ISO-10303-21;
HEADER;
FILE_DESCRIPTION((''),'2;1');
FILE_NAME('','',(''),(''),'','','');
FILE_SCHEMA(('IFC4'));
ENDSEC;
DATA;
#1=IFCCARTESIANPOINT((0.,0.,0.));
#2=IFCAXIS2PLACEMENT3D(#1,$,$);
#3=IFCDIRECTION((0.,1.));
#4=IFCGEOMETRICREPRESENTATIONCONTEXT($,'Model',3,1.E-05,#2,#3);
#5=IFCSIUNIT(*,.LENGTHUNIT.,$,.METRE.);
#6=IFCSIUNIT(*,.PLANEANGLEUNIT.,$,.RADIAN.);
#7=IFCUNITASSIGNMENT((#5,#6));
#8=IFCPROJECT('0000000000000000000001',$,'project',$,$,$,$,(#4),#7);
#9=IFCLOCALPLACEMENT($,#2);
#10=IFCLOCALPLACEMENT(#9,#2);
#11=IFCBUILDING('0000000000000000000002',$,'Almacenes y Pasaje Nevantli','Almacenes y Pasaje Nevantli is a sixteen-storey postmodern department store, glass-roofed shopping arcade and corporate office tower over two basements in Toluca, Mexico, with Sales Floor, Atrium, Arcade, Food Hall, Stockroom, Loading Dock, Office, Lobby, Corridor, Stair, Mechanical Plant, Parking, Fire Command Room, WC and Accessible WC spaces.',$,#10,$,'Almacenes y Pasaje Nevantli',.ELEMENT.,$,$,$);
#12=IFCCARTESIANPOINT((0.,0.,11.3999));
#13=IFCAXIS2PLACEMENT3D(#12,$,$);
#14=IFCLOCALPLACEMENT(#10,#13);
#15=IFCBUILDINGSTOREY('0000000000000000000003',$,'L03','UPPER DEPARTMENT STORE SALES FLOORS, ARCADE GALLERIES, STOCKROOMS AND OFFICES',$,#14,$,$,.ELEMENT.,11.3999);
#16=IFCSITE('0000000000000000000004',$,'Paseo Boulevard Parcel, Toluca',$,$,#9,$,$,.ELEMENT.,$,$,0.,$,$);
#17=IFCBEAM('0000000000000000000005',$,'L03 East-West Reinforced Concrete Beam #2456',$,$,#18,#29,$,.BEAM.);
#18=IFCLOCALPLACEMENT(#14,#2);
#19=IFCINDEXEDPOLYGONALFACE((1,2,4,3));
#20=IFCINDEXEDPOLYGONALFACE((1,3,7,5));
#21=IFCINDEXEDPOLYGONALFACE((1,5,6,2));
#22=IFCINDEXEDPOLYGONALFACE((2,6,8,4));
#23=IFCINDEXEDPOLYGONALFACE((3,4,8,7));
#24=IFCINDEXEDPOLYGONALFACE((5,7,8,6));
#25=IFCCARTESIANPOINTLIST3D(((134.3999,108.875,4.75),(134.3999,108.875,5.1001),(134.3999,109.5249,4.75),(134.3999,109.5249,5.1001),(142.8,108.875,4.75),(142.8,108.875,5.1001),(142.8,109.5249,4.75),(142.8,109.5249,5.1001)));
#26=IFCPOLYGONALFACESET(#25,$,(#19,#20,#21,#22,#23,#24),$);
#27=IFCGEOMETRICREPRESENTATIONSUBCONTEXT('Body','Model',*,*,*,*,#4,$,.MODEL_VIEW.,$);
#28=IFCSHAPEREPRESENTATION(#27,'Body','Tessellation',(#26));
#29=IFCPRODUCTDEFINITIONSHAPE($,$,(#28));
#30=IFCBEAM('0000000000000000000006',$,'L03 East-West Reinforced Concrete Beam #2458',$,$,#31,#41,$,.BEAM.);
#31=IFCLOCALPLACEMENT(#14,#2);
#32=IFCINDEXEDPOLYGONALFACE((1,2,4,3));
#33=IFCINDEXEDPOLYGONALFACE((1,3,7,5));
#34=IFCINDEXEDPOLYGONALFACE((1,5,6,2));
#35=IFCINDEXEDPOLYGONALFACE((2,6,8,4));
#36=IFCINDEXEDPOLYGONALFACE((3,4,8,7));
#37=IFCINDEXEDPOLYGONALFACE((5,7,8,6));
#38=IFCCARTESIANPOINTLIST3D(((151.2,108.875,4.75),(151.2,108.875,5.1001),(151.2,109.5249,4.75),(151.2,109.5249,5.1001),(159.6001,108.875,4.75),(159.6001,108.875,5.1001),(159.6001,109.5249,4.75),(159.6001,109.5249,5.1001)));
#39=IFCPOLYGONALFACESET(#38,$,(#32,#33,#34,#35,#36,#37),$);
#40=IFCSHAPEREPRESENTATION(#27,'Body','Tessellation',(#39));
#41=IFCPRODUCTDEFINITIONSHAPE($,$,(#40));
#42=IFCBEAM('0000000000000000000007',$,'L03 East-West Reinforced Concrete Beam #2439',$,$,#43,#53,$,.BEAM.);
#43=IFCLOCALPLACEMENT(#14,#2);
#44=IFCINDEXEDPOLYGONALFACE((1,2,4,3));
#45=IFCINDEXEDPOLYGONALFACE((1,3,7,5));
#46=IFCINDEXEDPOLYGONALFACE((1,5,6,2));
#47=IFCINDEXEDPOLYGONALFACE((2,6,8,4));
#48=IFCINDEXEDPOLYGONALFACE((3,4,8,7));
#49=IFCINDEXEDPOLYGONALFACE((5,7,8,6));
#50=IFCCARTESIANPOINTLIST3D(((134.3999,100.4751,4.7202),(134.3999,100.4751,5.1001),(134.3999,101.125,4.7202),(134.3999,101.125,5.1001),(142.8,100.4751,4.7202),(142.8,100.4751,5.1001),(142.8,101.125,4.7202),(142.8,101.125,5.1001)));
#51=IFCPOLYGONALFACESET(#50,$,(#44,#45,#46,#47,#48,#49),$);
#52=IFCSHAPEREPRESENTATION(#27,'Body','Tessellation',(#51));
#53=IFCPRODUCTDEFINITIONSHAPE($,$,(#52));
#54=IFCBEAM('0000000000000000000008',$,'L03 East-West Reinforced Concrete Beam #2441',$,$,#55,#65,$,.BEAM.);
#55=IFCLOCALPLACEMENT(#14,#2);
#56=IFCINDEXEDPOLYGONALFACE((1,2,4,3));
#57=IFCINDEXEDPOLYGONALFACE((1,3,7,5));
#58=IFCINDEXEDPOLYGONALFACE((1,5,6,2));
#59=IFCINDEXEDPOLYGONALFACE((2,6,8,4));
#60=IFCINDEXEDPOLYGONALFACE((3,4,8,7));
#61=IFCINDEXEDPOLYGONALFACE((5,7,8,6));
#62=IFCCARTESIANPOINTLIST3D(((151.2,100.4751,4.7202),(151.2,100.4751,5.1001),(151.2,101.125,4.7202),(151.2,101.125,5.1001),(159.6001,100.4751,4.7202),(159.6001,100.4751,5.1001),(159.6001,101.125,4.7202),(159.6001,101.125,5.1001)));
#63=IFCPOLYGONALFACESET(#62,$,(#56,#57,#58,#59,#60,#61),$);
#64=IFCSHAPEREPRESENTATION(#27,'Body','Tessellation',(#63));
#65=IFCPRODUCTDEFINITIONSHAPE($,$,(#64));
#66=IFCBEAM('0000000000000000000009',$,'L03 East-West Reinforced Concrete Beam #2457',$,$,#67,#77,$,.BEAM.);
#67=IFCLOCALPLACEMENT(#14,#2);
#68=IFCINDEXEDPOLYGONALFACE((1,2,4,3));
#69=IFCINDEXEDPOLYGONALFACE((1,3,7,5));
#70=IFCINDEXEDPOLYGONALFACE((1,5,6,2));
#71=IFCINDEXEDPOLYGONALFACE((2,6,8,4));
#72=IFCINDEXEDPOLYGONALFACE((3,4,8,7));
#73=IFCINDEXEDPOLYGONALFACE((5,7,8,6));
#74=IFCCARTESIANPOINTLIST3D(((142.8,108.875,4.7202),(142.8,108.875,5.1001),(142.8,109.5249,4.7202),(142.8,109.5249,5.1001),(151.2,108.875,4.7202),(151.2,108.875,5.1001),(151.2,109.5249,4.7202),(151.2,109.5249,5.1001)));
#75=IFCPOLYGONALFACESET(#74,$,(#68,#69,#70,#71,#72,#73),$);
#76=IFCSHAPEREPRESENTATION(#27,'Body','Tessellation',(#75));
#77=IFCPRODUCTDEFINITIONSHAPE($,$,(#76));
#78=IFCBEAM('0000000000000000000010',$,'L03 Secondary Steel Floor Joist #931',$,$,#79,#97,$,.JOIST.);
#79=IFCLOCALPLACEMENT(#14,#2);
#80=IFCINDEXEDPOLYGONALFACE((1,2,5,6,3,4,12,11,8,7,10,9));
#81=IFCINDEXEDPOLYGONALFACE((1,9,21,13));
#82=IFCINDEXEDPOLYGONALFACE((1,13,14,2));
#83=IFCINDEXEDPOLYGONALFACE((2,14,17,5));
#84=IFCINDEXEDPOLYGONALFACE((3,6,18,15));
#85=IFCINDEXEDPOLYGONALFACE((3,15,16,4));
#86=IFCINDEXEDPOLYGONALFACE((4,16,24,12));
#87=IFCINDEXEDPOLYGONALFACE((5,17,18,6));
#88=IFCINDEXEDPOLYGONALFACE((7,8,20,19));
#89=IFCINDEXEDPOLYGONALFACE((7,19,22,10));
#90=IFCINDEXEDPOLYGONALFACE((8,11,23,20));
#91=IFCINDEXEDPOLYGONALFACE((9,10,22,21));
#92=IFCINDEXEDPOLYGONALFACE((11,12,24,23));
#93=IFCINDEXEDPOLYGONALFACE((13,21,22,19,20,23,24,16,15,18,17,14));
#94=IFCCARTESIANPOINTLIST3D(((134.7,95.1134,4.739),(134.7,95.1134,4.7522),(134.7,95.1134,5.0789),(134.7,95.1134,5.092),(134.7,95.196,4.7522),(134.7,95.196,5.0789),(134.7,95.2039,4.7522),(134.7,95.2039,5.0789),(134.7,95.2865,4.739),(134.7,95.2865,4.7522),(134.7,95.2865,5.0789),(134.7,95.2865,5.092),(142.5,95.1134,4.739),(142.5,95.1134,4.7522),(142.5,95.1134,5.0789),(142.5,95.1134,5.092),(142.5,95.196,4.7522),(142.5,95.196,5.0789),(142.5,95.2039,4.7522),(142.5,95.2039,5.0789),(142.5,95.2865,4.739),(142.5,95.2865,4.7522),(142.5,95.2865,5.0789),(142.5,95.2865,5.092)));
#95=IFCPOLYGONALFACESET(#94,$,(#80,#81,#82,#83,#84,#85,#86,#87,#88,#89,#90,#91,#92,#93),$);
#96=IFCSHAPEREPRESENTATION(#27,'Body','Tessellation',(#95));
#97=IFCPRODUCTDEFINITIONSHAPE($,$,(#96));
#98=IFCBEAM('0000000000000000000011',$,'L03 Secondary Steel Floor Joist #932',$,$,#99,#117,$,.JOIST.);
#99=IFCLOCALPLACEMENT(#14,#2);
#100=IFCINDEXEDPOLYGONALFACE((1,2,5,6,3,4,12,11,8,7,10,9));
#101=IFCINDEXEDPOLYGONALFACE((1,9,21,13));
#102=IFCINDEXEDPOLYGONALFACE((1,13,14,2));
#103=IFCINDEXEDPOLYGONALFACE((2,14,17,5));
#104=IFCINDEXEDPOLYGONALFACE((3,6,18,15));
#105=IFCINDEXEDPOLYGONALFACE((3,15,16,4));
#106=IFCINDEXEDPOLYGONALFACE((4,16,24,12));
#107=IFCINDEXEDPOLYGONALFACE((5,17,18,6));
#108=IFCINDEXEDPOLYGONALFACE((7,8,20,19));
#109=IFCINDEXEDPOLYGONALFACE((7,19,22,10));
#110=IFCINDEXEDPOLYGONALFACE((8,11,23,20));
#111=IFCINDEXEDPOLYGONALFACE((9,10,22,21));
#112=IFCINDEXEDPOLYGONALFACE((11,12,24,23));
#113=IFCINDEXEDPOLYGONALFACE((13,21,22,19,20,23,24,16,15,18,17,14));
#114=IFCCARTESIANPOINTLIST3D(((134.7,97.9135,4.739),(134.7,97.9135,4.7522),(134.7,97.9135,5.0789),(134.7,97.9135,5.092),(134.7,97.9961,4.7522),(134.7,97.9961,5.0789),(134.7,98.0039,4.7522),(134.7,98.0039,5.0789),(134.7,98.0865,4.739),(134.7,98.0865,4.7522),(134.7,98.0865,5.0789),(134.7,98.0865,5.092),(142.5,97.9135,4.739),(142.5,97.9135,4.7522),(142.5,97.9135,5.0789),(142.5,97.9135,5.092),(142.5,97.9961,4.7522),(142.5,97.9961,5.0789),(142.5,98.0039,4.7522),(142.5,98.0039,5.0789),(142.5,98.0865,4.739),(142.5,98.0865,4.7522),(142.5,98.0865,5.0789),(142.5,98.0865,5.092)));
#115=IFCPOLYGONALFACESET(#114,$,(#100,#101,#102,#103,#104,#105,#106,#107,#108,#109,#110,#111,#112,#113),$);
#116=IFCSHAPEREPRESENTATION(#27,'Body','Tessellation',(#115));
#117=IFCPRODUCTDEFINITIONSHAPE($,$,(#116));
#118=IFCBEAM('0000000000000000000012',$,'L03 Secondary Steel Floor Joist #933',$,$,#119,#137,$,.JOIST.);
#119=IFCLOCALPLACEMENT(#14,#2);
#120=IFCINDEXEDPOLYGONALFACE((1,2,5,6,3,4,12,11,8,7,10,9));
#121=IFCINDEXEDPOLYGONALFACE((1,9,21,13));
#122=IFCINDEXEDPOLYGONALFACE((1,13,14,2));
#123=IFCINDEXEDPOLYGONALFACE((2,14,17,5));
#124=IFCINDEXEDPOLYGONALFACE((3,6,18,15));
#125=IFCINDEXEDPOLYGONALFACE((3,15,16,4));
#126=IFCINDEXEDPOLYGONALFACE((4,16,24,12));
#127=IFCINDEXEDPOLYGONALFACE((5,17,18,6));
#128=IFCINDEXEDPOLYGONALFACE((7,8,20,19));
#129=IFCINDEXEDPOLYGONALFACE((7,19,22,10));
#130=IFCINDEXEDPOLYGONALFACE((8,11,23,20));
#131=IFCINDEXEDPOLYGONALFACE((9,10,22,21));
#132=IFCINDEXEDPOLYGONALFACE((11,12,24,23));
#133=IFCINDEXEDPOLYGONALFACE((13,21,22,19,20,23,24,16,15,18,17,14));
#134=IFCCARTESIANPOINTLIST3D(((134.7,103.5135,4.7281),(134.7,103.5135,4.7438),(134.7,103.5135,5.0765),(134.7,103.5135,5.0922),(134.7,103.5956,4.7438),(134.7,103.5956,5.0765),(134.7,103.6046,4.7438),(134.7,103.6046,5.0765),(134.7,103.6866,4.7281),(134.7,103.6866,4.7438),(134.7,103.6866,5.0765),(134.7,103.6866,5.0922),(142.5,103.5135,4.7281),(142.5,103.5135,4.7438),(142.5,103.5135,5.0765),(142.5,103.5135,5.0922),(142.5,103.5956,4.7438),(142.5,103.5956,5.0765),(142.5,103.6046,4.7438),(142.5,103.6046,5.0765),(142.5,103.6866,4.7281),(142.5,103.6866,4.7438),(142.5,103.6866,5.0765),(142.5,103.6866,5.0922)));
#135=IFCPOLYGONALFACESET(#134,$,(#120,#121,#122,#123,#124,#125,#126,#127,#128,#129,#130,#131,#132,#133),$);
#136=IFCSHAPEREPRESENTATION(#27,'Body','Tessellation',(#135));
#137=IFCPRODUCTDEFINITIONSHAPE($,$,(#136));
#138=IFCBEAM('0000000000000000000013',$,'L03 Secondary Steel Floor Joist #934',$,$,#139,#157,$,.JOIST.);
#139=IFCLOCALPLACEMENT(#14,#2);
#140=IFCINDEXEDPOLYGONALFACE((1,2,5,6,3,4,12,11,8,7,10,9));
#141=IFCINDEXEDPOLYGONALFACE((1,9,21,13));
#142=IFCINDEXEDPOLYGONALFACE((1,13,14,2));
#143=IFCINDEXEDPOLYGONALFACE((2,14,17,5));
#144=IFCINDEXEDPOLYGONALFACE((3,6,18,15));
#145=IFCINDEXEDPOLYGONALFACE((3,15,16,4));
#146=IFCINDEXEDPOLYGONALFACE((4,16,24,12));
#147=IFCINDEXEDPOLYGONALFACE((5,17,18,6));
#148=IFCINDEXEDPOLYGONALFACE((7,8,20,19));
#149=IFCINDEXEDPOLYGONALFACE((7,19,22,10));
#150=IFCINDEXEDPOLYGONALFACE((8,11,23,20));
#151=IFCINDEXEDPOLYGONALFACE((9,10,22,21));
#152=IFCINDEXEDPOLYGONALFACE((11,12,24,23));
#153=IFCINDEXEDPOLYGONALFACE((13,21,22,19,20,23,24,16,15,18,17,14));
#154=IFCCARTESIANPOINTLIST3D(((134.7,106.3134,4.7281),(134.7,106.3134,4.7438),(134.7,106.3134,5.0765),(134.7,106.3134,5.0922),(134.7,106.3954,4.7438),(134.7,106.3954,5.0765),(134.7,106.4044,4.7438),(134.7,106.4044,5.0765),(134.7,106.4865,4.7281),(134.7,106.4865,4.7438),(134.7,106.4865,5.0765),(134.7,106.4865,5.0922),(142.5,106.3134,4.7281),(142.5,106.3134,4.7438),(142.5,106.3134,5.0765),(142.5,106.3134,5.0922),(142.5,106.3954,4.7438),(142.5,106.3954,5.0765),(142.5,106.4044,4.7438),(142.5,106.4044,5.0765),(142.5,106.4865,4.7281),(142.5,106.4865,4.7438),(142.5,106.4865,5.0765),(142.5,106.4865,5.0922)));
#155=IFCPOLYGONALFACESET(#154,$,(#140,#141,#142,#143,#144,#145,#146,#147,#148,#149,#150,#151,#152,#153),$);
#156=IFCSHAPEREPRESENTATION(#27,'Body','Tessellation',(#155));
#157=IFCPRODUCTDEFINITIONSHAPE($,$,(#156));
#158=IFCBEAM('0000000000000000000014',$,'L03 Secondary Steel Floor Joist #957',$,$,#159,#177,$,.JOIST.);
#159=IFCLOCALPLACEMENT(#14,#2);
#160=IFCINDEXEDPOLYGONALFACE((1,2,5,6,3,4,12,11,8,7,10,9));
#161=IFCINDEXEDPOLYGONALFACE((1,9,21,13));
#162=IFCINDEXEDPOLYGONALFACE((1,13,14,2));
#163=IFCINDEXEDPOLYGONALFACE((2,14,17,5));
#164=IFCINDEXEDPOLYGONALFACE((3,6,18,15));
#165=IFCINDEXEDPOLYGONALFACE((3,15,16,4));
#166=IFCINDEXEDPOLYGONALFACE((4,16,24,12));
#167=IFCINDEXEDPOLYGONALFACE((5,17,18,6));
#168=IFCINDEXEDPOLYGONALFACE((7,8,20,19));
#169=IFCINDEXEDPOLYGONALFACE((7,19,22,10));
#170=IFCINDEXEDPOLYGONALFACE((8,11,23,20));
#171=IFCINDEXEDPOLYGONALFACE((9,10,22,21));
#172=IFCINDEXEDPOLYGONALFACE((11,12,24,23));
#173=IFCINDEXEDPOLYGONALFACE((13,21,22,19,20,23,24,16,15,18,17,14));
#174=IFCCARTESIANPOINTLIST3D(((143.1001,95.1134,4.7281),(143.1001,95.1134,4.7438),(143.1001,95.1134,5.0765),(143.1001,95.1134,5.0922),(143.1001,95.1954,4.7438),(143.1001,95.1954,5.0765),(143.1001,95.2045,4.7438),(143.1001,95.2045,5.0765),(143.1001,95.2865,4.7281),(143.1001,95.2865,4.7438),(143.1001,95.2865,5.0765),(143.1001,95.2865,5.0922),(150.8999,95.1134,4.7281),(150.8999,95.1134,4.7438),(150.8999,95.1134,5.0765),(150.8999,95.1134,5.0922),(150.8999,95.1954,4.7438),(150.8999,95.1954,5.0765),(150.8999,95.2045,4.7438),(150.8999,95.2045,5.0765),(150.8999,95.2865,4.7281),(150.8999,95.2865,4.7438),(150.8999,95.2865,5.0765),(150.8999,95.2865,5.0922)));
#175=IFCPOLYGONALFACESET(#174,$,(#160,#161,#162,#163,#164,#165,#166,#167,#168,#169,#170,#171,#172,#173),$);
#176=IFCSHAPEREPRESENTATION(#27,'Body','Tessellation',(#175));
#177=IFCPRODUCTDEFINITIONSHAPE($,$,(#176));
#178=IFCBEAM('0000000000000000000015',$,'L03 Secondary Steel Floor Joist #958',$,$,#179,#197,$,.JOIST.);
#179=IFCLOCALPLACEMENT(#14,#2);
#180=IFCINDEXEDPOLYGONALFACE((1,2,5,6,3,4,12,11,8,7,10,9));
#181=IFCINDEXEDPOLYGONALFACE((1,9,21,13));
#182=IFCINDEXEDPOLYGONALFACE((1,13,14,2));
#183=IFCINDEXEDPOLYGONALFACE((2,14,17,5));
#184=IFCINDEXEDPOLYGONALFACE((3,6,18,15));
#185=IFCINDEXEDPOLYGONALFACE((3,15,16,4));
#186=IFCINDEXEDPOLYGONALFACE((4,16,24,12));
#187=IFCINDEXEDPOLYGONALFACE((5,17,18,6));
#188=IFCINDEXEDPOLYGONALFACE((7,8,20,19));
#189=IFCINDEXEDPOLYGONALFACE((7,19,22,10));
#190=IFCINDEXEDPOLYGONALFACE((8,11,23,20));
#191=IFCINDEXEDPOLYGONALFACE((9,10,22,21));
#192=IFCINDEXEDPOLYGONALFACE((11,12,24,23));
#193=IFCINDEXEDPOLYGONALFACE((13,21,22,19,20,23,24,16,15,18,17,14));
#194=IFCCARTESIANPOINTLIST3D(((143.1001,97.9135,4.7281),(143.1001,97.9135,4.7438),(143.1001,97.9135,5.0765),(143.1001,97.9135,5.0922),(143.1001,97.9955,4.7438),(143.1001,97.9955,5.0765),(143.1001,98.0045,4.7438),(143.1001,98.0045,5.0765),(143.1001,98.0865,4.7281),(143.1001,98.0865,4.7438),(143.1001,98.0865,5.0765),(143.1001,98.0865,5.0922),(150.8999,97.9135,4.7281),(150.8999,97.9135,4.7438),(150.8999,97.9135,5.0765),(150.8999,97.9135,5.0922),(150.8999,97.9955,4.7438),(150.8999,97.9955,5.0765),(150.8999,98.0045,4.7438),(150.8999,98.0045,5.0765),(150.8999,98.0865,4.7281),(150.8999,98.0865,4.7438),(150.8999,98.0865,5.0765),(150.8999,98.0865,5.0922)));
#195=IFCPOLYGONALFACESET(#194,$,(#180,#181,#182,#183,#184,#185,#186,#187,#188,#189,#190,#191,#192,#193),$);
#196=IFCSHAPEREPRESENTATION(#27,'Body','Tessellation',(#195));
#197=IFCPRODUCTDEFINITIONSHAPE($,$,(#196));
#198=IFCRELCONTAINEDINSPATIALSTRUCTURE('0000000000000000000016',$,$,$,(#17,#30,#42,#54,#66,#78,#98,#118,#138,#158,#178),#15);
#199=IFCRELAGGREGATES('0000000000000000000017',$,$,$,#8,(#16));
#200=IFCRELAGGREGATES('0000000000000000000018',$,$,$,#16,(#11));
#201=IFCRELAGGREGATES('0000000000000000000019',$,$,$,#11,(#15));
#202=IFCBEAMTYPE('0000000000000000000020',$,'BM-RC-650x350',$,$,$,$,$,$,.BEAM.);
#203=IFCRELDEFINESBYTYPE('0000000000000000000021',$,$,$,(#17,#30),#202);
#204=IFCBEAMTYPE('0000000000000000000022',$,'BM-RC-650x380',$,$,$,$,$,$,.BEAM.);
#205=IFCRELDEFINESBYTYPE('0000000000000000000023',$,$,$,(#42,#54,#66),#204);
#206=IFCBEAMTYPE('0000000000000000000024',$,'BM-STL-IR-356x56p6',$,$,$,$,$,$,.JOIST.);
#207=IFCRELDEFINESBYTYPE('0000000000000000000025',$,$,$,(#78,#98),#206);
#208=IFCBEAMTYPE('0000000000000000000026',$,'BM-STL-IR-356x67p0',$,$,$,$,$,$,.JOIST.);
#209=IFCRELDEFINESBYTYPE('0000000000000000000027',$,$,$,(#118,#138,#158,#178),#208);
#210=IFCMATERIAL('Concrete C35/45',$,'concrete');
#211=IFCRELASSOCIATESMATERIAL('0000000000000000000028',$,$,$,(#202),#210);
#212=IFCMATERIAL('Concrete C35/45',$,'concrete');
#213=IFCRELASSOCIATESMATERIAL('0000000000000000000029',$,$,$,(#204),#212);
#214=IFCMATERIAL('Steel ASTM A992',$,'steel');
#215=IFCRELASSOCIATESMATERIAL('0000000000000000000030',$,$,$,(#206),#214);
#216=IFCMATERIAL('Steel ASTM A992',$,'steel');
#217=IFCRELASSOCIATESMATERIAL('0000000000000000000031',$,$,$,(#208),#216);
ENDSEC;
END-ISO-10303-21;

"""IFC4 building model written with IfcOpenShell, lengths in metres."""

from ifc_helpers import new_model, si_unit, direction, frame, origin, origin_2d, place, context, subcontext, project, spatial, rectangle, i_section, extrude, material, material_profile, profile_set, type_object, element, save


model = new_model("IFC4")

# Units and contexts
model_context = context("Model", 3, precision=1e-05, world=origin(), true_north=direction((0.0, 1.0)))
body_context = subcontext(model_context, "Body", "Model", "MODEL_VIEW")
ifc_project = project(units=[si_unit("LENGTHUNIT", "METRE"), si_unit("PLANEANGLEUNIT", "RADIAN")], contexts=[model_context])

# Site, building, storey
site_placement = place(None, origin())
site = spatial("IfcSite", under=ifc_project, at=site_placement, Name="Paseo Boulevard Parcel, Toluca", CompositionType="ELEMENT", RefElevation=0.0)
building_placement = place(site_placement, origin())
building = spatial("IfcBuilding", under=site, at=building_placement, Name="Almacenes y Pasaje Nevantli", Description="Almacenes y Pasaje Nevantli is a sixteen-storey postmodern department store, glass-roofed shopping arcade and corporate office tower over two basements in Toluca, Mexico, with Sales Floor, Atrium, Arcade, Food Hall, Stockroom, Loading Dock, Office, Lobby, Corridor, Stair, Mechanical Plant, Parking, Fire Command Room, WC and Accessible WC spaces.", LongName="Almacenes y Pasaje Nevantli", CompositionType="ELEMENT")
storey_placement = place(building_placement, frame((0.0, 0.0, 11.3999)))
storey = spatial("IfcBuildingStorey", under=building, at=storey_placement, Name="L03", Description="UPPER DEPARTMENT STORE SALES FLOORS, ARCADE GALLERIES, STOCKROOMS AND OFFICES", CompositionType="ELEMENT", Elevation=11.3999)

# Beams
ifc_material_1 = material(Name="Concrete C35/45", Category="concrete")
ifc_material_profile_1 = material_profile(ifc_material_1, rectangle(XDim=0.6499, YDim=0.3501, at=origin_2d()), Name="RC-BM-650x350")
ifc_profile_set_1 = profile_set([ifc_material_profile_1], Name="Concrete C35/45")
beam_type_1 = type_object("IfcBeamType", Name="BM-RC-650x350", PredefinedType="BEAM", material=ifc_profile_set_1)
for number, where, z_axis, x_axis, name in (
    (1, (134.3999, 109.2, 4.925), (1.0, 0.0, 0.0), (0.0, 1.0, 0.0), "L03 East-West Reinforced Concrete Beam #2456"),
    (2, (151.2, 109.2, 4.925), (1.0, 0.0, 0.0), (0.0, 1.0, 0.0), "L03 East-West Reinforced Concrete Beam #2458"),
):
    element("IfcBeam", number, at=place(storey_placement, frame(where, z_axis=z_axis, x_axis=x_axis)), inside=storey, type_object=beam_type_1, Name=name, PredefinedType="BEAM", context=body_context, shape_type="SweptSolid", body=[
        extrude(rectangle(XDim=0.6499, YDim=0.3501, at=origin_2d()), origin(), (0.0, 0.0, 1.0), 8.4001),
    ])
ifc_material_2 = material(Name="Concrete C35/45", Category="concrete")
ifc_material_profile_2 = material_profile(ifc_material_2, rectangle(XDim=0.6499, YDim=0.3799, at=origin_2d()), Name="RC-BM-650x380")
ifc_profile_set_2 = profile_set([ifc_material_profile_2], Name="Concrete C35/45")
beam_type_2 = type_object("IfcBeamType", Name="BM-RC-650x380", PredefinedType="BEAM", material=ifc_profile_set_2)
for number, where, z_axis, x_axis, name in (
    (3, (134.3999, 100.8, 4.9102), (1.0, 0.0, 0.0), (0.0, 1.0, 0.0), "L03 East-West Reinforced Concrete Beam #2439"),
    (4, (151.2, 100.8, 4.9102), (1.0, 0.0, 0.0), (0.0, 1.0, 0.0), "L03 East-West Reinforced Concrete Beam #2441"),
):
    element("IfcBeam", number, at=place(storey_placement, frame(where, z_axis=z_axis, x_axis=x_axis)), inside=storey, type_object=beam_type_2, Name=name, PredefinedType="BEAM", context=body_context, shape_type="SweptSolid", body=[
        extrude(rectangle(XDim=0.6499, YDim=0.3799, at=origin_2d()), origin(), (0.0, 0.0, 1.0), 8.4001),
    ])
beam_1_placement = place(storey_placement, frame((142.8, 109.2, 4.9102), z_axis=(1.0, 0.0, 0.0), x_axis=(0.0, 1.0, 0.0)))
element("IfcBeam", 5, at=beam_1_placement, inside=storey, type_object=beam_type_2, Name="L03 East-West Reinforced Concrete Beam #2457", PredefinedType="BEAM", context=body_context, shape_type="SweptSolid", body=[
    extrude(rectangle(XDim=0.6499, YDim=0.3799, at=origin_2d()), origin(), (0.0, 0.0, 1.0), 8.3999),
])
ifc_material_3 = material(Name="Steel ASTM A992", Category="steel")
ifc_material_profile_3 = material_profile(ifc_material_3, i_section(OverallWidth=0.1731, OverallDepth=0.353, WebThickness=0.0078, FlangeThickness=0.0132, at=origin_2d()), Name="IR 356x56.6")
ifc_profile_set_3 = profile_set([ifc_material_profile_3], Name="Steel ASTM A992")
beam_type_3 = type_object("IfcBeamType", Name="BM-STL-IR-356x56p6", PredefinedType="JOIST", material=ifc_profile_set_3)
for number, where, z_axis, x_axis, name in (
    (6, (134.7, 95.2, 4.9155), (1.0, 0.0, 0.0), (0.0, 1.0, 0.0), "L03 Secondary Steel Floor Joist #931"),
    (7, (134.7, 98.0, 4.9155), (1.0, 0.0, 0.0), (0.0, 1.0, 0.0), "L03 Secondary Steel Floor Joist #932"),
):
    element("IfcBeam", number, at=place(storey_placement, frame(where, z_axis=z_axis, x_axis=x_axis)), inside=storey, type_object=beam_type_3, Name=name, PredefinedType="JOIST", context=body_context, shape_type="SweptSolid", body=[
        extrude(i_section(OverallWidth=0.1731, OverallDepth=0.353, WebThickness=0.0078, FlangeThickness=0.0132, at=origin_2d()), origin(), (0.0, 0.0, 1.0), 7.8),
    ])
ifc_material_4 = material(Name="Steel ASTM A992", Category="steel")
ifc_material_profile_4 = material_profile(ifc_material_4, i_section(OverallWidth=0.1731, OverallDepth=0.364, WebThickness=0.009, FlangeThickness=0.0156, at=origin_2d()), Name="IR 356x67.0")
ifc_profile_set_4 = profile_set([ifc_material_profile_4], Name="Steel ASTM A992")
beam_type_4 = type_object("IfcBeamType", Name="BM-STL-IR-356x67p0", PredefinedType="JOIST", material=ifc_profile_set_4)
for number, where, z_axis, x_axis, name in (
    (8, (134.7, 103.6001, 4.9102), (1.0, 0.0, 0.0), (0.0, 1.0, 0.0), "L03 Secondary Steel Floor Joist #933"),
    (9, (134.7, 106.3999, 4.9102), (1.0, 0.0, 0.0), (0.0, 1.0, 0.0), "L03 Secondary Steel Floor Joist #934"),
):
    element("IfcBeam", number, at=place(storey_placement, frame(where, z_axis=z_axis, x_axis=x_axis)), inside=storey, type_object=beam_type_4, Name=name, PredefinedType="JOIST", context=body_context, shape_type="SweptSolid", body=[
        extrude(i_section(OverallWidth=0.1731, OverallDepth=0.364, WebThickness=0.009, FlangeThickness=0.0156, at=origin_2d()), origin(), (0.0, 0.0, 1.0), 7.8),
    ])
for number, where, z_axis, x_axis, name in (
    (10, (143.1001, 95.2, 4.9102), (1.0, 0.0, 0.0), (0.0, 1.0, 0.0), "L03 Secondary Steel Floor Joist #957"),
    (11, (143.1001, 98.0, 4.9102), (1.0, 0.0, 0.0), (0.0, 1.0, 0.0), "L03 Secondary Steel Floor Joist #958"),
):
    element("IfcBeam", number, at=place(storey_placement, frame(where, z_axis=z_axis, x_axis=x_axis)), inside=storey, type_object=beam_type_4, Name=name, PredefinedType="JOIST", context=body_context, shape_type="SweptSolid", body=[
        extrude(i_section(OverallWidth=0.1731, OverallDepth=0.364, WebThickness=0.009, FlangeThickness=0.0156, at=origin_2d()), origin(), (0.0, 0.0, 1.0), 7.7998),
    ])

save(model, "model.ifc")
